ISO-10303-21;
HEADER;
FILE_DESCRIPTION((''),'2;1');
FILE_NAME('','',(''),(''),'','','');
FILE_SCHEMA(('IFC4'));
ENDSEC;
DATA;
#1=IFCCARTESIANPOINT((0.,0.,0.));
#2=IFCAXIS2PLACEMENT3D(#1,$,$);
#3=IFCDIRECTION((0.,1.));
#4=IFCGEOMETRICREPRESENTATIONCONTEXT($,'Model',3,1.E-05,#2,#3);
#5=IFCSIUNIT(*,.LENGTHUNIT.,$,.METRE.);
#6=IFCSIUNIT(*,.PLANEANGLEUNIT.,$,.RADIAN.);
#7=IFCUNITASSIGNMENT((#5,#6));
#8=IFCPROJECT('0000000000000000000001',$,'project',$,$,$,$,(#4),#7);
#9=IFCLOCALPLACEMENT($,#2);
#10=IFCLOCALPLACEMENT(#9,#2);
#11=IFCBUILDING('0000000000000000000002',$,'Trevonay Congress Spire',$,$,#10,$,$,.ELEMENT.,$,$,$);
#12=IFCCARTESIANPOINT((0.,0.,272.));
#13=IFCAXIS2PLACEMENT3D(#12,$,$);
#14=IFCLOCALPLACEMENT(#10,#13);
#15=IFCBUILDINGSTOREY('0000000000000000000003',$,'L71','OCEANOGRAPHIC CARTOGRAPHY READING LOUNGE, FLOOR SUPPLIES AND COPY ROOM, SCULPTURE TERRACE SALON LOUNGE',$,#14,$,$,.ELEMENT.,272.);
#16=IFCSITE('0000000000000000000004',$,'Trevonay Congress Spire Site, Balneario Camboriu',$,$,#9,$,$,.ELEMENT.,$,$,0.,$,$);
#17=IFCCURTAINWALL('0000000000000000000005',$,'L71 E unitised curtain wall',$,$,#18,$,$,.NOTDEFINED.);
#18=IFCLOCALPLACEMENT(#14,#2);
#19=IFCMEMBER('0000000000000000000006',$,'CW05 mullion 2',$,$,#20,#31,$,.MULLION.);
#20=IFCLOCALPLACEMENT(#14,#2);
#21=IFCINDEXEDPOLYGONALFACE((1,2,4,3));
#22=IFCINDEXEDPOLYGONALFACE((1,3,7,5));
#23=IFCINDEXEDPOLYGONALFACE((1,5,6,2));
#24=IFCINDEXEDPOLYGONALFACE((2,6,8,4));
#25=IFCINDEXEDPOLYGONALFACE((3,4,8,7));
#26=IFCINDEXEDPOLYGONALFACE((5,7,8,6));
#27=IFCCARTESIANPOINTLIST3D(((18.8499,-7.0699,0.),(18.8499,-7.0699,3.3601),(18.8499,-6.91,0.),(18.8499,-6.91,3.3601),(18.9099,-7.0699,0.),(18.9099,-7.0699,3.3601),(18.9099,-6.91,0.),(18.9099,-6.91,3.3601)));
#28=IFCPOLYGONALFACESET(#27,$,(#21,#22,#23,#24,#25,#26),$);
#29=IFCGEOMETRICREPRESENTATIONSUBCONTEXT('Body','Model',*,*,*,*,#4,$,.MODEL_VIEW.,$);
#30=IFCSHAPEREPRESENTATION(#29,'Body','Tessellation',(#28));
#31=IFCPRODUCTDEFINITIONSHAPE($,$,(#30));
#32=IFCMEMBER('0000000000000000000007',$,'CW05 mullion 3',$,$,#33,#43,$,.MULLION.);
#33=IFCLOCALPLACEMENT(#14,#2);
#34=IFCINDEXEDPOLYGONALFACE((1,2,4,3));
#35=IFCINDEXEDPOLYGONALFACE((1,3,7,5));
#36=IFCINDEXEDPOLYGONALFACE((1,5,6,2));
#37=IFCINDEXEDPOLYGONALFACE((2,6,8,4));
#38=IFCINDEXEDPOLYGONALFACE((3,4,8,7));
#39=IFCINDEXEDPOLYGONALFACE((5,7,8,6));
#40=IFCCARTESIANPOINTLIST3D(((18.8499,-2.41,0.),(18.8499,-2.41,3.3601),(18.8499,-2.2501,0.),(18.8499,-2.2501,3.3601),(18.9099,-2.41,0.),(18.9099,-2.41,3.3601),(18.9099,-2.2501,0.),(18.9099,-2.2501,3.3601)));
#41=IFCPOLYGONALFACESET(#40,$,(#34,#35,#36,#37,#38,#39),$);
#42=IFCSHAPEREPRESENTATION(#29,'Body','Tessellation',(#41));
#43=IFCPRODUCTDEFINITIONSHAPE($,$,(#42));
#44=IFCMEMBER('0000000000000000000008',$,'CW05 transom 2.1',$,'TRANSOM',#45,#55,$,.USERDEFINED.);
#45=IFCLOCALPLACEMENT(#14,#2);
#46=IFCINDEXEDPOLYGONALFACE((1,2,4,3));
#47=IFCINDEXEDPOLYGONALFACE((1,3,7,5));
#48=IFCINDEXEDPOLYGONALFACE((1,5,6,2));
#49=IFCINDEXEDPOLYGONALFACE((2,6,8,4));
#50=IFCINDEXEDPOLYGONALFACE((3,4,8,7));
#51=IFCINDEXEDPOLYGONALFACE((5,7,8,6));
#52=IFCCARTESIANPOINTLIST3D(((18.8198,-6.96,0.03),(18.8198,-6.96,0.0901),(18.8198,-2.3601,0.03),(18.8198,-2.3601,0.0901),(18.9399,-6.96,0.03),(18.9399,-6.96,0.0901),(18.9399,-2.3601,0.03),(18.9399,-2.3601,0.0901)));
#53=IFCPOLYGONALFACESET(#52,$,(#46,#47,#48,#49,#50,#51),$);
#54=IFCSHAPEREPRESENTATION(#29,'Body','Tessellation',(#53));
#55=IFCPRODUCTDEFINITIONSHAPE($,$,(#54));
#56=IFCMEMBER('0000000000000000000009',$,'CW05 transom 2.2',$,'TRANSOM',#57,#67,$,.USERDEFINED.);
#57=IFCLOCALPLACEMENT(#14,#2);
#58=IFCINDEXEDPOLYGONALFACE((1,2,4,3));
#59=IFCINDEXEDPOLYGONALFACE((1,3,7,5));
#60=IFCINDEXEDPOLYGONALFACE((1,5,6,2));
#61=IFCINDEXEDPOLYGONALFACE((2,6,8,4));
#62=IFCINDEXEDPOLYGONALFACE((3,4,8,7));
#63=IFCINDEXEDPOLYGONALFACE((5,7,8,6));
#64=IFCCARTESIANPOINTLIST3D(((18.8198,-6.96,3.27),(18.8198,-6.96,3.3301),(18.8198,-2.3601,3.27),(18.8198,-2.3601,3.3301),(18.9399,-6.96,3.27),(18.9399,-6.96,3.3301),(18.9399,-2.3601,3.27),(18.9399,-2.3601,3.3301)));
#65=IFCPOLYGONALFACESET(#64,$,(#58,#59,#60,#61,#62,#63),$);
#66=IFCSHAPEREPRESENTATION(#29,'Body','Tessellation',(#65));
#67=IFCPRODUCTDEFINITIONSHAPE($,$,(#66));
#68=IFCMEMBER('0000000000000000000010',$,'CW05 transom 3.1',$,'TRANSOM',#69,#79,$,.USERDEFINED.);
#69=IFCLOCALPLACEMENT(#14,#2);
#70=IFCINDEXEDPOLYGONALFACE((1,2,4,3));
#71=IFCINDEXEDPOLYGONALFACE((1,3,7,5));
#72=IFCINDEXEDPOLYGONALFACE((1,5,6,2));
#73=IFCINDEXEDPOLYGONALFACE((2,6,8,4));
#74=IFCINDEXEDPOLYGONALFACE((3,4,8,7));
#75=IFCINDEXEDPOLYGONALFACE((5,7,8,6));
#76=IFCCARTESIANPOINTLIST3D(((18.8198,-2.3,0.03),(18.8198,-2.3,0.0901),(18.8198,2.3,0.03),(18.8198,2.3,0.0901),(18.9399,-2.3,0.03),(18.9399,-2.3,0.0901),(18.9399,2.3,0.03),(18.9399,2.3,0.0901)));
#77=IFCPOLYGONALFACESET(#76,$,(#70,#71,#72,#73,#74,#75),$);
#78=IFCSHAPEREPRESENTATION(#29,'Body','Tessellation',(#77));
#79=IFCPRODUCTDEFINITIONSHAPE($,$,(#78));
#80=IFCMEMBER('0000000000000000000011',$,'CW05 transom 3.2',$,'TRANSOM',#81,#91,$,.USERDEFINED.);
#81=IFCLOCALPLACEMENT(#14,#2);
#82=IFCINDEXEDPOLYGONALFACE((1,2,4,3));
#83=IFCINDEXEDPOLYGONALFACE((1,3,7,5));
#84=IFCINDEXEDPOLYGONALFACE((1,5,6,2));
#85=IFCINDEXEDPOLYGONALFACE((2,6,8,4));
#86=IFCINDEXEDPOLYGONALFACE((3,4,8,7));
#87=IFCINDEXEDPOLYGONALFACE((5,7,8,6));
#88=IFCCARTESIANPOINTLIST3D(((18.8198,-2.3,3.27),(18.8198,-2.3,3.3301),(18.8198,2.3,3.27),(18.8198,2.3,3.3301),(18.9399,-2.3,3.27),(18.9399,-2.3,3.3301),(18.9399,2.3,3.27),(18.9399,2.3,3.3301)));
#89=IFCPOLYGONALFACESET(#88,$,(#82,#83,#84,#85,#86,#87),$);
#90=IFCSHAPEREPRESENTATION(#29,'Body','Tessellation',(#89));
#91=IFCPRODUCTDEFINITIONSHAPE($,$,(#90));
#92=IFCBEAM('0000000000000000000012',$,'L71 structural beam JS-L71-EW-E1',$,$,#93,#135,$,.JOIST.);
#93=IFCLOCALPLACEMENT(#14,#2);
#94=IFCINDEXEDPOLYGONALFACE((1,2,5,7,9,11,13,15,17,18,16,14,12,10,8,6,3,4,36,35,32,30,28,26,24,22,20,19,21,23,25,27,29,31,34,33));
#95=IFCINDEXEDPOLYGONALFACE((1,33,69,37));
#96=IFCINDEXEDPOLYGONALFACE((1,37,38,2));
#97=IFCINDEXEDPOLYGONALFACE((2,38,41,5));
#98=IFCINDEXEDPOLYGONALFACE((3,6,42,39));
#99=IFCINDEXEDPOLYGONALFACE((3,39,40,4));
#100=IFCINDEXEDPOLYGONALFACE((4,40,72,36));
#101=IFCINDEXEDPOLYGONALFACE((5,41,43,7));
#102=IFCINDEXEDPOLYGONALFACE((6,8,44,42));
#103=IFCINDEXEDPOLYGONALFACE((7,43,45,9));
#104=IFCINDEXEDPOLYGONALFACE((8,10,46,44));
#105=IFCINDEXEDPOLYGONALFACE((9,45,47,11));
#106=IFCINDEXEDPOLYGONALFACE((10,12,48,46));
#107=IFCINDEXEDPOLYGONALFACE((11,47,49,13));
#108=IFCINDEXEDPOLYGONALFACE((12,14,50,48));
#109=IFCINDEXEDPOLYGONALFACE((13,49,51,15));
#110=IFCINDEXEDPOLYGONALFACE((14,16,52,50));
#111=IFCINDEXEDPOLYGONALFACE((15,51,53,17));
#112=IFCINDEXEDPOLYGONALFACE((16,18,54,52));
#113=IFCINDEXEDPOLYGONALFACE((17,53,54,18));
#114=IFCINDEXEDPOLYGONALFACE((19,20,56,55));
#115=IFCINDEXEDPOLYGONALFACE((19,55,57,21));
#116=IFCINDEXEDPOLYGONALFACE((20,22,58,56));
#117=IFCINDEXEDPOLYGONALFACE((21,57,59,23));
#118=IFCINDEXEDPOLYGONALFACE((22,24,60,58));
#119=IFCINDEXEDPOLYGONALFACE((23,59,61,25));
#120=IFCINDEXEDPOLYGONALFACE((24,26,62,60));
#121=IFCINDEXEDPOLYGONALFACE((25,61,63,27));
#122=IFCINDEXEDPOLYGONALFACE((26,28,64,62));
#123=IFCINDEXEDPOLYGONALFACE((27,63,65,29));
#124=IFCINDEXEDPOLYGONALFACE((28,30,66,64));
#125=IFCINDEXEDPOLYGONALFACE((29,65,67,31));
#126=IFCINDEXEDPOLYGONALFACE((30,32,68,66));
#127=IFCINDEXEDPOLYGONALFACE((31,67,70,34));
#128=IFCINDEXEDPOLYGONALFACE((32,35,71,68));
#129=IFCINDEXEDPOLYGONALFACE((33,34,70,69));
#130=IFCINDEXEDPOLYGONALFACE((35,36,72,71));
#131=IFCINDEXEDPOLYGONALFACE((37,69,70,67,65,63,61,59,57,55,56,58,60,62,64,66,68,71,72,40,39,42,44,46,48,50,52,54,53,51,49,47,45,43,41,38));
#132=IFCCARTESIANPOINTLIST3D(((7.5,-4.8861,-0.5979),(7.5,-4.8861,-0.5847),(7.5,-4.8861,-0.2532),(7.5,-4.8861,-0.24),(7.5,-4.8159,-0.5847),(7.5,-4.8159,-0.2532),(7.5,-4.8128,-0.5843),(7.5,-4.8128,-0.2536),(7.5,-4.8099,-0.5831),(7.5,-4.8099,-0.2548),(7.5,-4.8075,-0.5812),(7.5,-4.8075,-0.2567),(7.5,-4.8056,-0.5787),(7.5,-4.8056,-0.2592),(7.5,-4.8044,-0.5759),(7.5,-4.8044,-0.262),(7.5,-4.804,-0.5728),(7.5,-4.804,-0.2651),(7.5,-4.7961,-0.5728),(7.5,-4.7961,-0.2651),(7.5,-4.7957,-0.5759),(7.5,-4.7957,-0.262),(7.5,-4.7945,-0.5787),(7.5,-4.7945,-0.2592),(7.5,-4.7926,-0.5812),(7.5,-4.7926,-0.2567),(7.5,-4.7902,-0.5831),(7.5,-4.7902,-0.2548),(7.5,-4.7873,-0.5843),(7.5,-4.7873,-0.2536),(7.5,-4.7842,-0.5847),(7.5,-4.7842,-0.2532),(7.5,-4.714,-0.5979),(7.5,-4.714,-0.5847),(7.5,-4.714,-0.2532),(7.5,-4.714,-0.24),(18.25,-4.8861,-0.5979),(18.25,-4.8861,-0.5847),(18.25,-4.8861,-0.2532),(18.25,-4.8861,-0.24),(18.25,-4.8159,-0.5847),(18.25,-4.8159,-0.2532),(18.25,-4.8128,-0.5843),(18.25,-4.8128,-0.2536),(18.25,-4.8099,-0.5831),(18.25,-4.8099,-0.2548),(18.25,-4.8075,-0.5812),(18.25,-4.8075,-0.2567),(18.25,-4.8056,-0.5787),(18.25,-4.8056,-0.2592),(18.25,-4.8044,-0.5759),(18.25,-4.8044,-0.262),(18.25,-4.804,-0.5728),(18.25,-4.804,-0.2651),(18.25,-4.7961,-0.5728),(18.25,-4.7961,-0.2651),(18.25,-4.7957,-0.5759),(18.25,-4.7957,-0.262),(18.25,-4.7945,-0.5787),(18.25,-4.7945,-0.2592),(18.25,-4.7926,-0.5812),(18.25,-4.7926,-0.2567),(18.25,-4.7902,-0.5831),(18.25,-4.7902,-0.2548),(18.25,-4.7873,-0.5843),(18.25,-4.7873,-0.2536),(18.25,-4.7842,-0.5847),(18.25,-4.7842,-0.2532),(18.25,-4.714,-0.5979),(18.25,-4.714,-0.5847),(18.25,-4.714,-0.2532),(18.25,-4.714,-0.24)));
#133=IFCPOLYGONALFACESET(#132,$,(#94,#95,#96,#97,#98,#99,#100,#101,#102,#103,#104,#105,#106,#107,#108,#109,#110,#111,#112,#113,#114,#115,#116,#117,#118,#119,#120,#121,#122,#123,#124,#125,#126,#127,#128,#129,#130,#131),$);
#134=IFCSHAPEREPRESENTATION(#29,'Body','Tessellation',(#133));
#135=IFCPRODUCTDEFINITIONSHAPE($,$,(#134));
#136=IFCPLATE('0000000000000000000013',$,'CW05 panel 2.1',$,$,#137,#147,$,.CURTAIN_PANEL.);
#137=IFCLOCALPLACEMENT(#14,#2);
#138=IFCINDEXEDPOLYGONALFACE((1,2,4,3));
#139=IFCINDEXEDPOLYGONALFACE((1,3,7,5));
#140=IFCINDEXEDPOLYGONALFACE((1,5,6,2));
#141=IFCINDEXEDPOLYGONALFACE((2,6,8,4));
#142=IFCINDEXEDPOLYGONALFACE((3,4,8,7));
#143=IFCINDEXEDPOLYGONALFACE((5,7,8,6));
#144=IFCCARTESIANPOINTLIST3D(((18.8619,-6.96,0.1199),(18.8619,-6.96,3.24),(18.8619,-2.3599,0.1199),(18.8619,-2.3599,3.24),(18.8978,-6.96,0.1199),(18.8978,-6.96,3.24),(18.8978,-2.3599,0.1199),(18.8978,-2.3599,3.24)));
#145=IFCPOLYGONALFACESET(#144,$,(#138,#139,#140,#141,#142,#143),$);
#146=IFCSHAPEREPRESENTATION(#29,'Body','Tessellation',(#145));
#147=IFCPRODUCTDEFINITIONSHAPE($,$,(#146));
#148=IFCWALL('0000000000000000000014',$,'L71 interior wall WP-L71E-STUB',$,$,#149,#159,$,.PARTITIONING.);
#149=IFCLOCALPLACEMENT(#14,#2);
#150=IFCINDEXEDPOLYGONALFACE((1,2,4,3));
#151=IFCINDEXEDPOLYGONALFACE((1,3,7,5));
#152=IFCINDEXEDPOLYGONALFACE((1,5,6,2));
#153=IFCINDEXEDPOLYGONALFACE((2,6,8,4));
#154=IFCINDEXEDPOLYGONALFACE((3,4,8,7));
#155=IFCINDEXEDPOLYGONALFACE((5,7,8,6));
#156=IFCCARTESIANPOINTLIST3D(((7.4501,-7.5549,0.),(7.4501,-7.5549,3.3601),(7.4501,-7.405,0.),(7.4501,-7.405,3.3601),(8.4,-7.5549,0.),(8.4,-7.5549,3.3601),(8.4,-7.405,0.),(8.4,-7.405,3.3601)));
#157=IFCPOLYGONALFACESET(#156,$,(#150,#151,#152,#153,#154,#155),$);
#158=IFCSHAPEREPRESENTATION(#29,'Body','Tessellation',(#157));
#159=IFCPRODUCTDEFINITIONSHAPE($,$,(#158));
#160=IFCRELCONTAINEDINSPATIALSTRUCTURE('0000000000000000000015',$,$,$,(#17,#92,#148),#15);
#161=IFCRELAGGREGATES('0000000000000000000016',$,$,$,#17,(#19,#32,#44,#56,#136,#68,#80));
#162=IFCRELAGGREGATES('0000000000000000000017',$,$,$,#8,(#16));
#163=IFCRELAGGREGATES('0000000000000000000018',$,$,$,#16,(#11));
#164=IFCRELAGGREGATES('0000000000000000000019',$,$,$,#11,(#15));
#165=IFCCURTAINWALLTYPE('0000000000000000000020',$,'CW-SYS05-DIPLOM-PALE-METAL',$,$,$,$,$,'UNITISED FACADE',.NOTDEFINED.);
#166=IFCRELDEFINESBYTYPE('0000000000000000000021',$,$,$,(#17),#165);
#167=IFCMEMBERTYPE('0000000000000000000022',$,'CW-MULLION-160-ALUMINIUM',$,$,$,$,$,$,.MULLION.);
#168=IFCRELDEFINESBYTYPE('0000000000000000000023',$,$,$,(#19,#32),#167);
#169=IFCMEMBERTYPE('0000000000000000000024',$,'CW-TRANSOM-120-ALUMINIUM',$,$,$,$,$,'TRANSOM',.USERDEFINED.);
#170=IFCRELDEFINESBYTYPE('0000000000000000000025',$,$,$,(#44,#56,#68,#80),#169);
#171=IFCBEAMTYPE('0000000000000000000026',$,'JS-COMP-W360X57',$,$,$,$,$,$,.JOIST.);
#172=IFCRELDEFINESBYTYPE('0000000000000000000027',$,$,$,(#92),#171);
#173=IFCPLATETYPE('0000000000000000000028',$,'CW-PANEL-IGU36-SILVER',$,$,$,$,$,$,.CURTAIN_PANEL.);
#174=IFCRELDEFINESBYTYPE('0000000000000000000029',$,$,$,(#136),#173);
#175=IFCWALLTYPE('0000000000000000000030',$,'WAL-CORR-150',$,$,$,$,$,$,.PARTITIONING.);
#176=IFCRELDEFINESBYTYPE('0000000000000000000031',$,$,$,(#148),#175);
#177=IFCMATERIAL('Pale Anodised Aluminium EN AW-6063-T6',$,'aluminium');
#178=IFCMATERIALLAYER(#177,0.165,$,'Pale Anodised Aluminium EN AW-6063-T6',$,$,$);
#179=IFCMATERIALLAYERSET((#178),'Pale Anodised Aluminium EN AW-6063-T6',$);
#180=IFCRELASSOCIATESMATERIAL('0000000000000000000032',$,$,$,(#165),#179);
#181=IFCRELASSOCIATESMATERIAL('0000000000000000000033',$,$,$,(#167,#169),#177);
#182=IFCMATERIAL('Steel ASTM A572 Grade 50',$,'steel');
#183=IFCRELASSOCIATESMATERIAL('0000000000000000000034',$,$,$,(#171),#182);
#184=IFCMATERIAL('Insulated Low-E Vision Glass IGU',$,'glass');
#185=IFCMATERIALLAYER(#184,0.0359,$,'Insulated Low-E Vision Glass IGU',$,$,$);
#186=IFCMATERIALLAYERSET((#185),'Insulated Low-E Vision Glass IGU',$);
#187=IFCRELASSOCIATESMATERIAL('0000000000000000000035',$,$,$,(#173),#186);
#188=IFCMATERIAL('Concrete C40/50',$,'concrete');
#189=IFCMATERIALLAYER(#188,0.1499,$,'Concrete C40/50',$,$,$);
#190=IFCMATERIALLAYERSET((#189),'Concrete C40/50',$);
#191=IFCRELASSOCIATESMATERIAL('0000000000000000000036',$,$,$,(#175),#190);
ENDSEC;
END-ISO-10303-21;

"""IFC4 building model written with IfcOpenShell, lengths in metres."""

from ifc_helpers import new_model, si_unit, direction, frame, frame_2d, origin, origin_2d, place, context, subcontext, project, spatial, rectangle, i_section, extrude, material, layer, layer_set, material_profile, profile_set, type_object, element, aggregate, save


model = new_model("IFC4")

# Units and contexts
model_context = context("Model", 3, precision=1e-05, world=origin(), true_north=direction((0.0, 1.0)))
body_context = subcontext(model_context, "Body", "Model", "MODEL_VIEW")
ifc_project = project(units=[si_unit("LENGTHUNIT", "METRE"), si_unit("PLANEANGLEUNIT", "RADIAN")], contexts=[model_context])

# Site, building, storey
site_placement = place(None, origin())
site = spatial("IfcSite", under=ifc_project, at=site_placement, Name="Trevonay Congress Spire Site, Balneario Camboriu", CompositionType="ELEMENT", RefElevation=0.0)
building_placement = place(site_placement, origin())
building = spatial("IfcBuilding", under=site, at=building_placement, Name="Trevonay Congress Spire", CompositionType="ELEMENT")
storey_placement = place(building_placement, frame((0.0, 0.0, 272.0)))
storey = spatial("IfcBuildingStorey", under=building, at=storey_placement, Name="L71", Description="OCEANOGRAPHIC CARTOGRAPHY READING LOUNGE, FLOOR SUPPLIES AND COPY ROOM, SCULPTURE TERRACE SALON LOUNGE", CompositionType="ELEMENT", Elevation=272.0)

# Shared definitions
ifc_material_1 = material(Name="Steel ASTM A572 Grade 50", Category="steel")

# Curtain wall, members
ifc_material_2 = material(Name="Pale Anodised Aluminium EN AW-6063-T6", Category="aluminium")
ifc_layer_1 = layer(ifc_material_2, 0.165, Name="Pale Anodised Aluminium EN AW-6063-T6")
ifc_layer_set_1 = layer_set([ifc_layer_1], Name="Pale Anodised Aluminium EN AW-6063-T6")
curtain_wall_type = type_object("IfcCurtainWallType", Name="CW-SYS05-DIPLOM-PALE-METAL", ElementType="UNITISED FACADE", PredefinedType="NOTDEFINED", material=ifc_layer_set_1)
curtain_wall_placement = place(storey_placement, origin())
curtain_wall = element("IfcCurtainWall", 1, at=curtain_wall_placement, inside=storey, type_object=curtain_wall_type, Name="L71 E unitised curtain wall", PredefinedType="NOTDEFINED")
ifc_material_profile_1 = material_profile(ifc_material_2, rectangle(XDim=0.0601, YDim=0.1599, at=origin_2d()), Name="CW-MULLION-160-ALUMINIUM")
ifc_profile_set_1 = profile_set([ifc_material_profile_1], Name="Pale Anodised Aluminium EN AW-6063-T6")
member_type_1 = type_object("IfcMemberType", Name="CW-MULLION-160-ALUMINIUM", PredefinedType="MULLION", material=ifc_profile_set_1)
member_1_placement = place(storey_placement, frame((18.8799, -6.99, 0.0), z_axis=(0.0, 0.0, 1.0), x_axis=(-1.0, 0.0, 0.0)))
member_1 = element("IfcMember", 2, at=member_1_placement, type_object=member_type_1, Name="CW05 mullion 2", PredefinedType="MULLION", context=body_context, shape_type="SweptSolid", body=[
    extrude(rectangle(XDim=0.0601, YDim=0.1599, at=origin_2d()), origin(), (0.0, 0.0, 1.0), 3.3601),
])
member_2_placement = place(storey_placement, frame((18.8799, -2.3301, 0.0), z_axis=(0.0, 0.0, 1.0), x_axis=(-1.0, 0.0, 0.0)))
member_2 = element("IfcMember", 3, at=member_2_placement, type_object=member_type_1, Name="CW05 mullion 3", PredefinedType="MULLION", context=body_context, shape_type="SweptSolid", body=[
    extrude(rectangle(XDim=0.0601, YDim=0.1599, at=origin_2d()), origin(), (0.0, 0.0, 1.0), 3.3601),
])
ifc_material_profile_2 = material_profile(ifc_material_2, rectangle(XDim=0.1201, YDim=0.0601, at=origin_2d()), Name="CW-TRANSOM-120-ALUMINIUM")
ifc_profile_set_2 = profile_set([ifc_material_profile_2], Name="Pale Anodised Aluminium EN AW-6063-T6")
member_type_2 = type_object("IfcMemberType", Name="CW-TRANSOM-120-ALUMINIUM", ElementType="TRANSOM", PredefinedType="USERDEFINED", material=ifc_profile_set_2)
member_3_placement = place(storey_placement, frame((18.8799, -6.96, 0.0601), z_axis=(0.0, 1.0, 0.0), x_axis=(-1.0, 0.0, 0.0)))
member_3 = element("IfcMember", 4, at=member_3_placement, type_object=member_type_2, Name="CW05 transom 2.1", ObjectType="TRANSOM", PredefinedType="USERDEFINED", context=body_context, shape_type="SweptSolid", body=[
    extrude(rectangle(XDim=0.1201, YDim=0.0601, at=origin_2d()), origin(), (0.0, 0.0, 1.0), 4.5999),
])
member_4_placement = place(storey_placement, frame((18.8799, -6.96, 3.3), z_axis=(0.0, 1.0, 0.0), x_axis=(-1.0, 0.0, 0.0)))
member_4 = element("IfcMember", 5, at=member_4_placement, type_object=member_type_2, Name="CW05 transom 2.2", ObjectType="TRANSOM", PredefinedType="USERDEFINED", context=body_context, shape_type="SweptSolid", body=[
    extrude(rectangle(XDim=0.1201, YDim=0.0601, at=origin_2d()), origin(), (0.0, 0.0, 1.0), 4.5999),
])
member_5_placement = place(storey_placement, frame((18.8799, -2.3, 0.0601), z_axis=(0.0, 1.0, 0.0), x_axis=(-1.0, 0.0, 0.0)))
member_5 = element("IfcMember", 6, at=member_5_placement, type_object=member_type_2, Name="CW05 transom 3.1", ObjectType="TRANSOM", PredefinedType="USERDEFINED", context=body_context, shape_type="SweptSolid", body=[
    extrude(rectangle(XDim=0.1201, YDim=0.0601, at=origin_2d()), origin(), (0.0, 0.0, 1.0), 4.6001),
])
member_6_placement = place(storey_placement, frame((18.8799, -2.3, 3.3), z_axis=(0.0, 1.0, 0.0), x_axis=(-1.0, 0.0, 0.0)))
member_6 = element("IfcMember", 7, at=member_6_placement, type_object=member_type_2, Name="CW05 transom 3.2", ObjectType="TRANSOM", PredefinedType="USERDEFINED", context=body_context, shape_type="SweptSolid", body=[
    extrude(rectangle(XDim=0.1201, YDim=0.0601, at=origin_2d()), origin(), (0.0, 0.0, 1.0), 4.6001),
])

# Beam
ifc_material_profile_3 = material_profile(ifc_material_1, i_section(OverallWidth=0.1721, OverallDepth=0.3579, WebThickness=0.0078, FlangeThickness=0.0132, FilletRadius=0.012, at=origin_2d()), Name="W360x57.8")
ifc_profile_set_3 = profile_set([ifc_material_profile_3], Name="Steel ASTM A572 Grade 50")
beam_type_1 = type_object("IfcBeamType", Name="JS-COMP-W360X57", PredefinedType="JOIST", material=ifc_profile_set_3)
beam_1_placement = place(storey_placement, frame((7.5, -4.8, -0.4189), z_axis=(1.0, 0.0, 0.0), x_axis=(0.0, 1.0, 0.0)))
element("IfcBeam", 8, at=beam_1_placement, inside=storey, type_object=beam_type_1, Name="L71 structural beam JS-L71-EW-E1", PredefinedType="JOIST", context=body_context, shape_type="SweptSolid", body=[
    extrude(i_section(OverallWidth=0.1721, OverallDepth=0.3579, WebThickness=0.0078, FlangeThickness=0.0132, FilletRadius=0.012, at=origin_2d()), origin(), (0.0, 0.0, 1.0), 10.75),
])

# Plate
ifc_material_3 = material(Name="Insulated Low-E Vision Glass IGU", Category="glass")
ifc_layer_2 = layer(ifc_material_3, 0.0359, Name="Insulated Low-E Vision Glass IGU")
ifc_layer_set_2 = layer_set([ifc_layer_2], Name="Insulated Low-E Vision Glass IGU")
plate_type = type_object("IfcPlateType", Name="CW-PANEL-IGU36-SILVER", PredefinedType="CURTAIN_PANEL", material=ifc_layer_set_2)
plate_placement = place(storey_placement, frame((18.8799, -4.6599, 0.1199), z_axis=(0.0, 0.0, 1.0), x_axis=(0.0, 1.0, 0.0)))
plate = element("IfcPlate", 9, at=plate_placement, type_object=plate_type, Name="CW05 panel 2.1", PredefinedType="CURTAIN_PANEL", context=body_context, shape_type="SweptSolid", body=[
    extrude(rectangle(XDim=4.6001, YDim=0.0359, at=origin_2d()), origin(), (0.0, 0.0, 1.0), 3.1201),
])
aggregate(curtain_wall, [member_1, member_2, member_3, member_4, plate, member_5, member_6])

# Wall
ifc_material_4 = material(Name="Concrete C40/50", Category="concrete")
ifc_layer_3 = layer(ifc_material_4, 0.1499, Name="Concrete C40/50")
ifc_layer_set_3 = layer_set([ifc_layer_3], Name="Concrete C40/50")
wall_type_1 = type_object("IfcWallType", Name="WAL-CORR-150", PredefinedType="PARTITIONING", material=ifc_layer_set_3)
wall_1_placement = place(storey_placement, frame((7.45, -7.48, 0.0), z_axis=(0.0, 0.0, 1.0), x_axis=(1.0, 0.0, 0.0)))
element("IfcWall", 10, at=wall_1_placement, inside=storey, type_object=wall_type_1, Name="L71 interior wall WP-L71E-STUB", PredefinedType="PARTITIONING", context=body_context, shape_type="SweptSolid", body=[
    extrude(rectangle(XDim=0.95, YDim=0.1499, at=frame_2d((0.4751, 0.0))), origin(), (0.0, 0.0, 1.0), 3.3601),
])

save(model, "model.ifc")
